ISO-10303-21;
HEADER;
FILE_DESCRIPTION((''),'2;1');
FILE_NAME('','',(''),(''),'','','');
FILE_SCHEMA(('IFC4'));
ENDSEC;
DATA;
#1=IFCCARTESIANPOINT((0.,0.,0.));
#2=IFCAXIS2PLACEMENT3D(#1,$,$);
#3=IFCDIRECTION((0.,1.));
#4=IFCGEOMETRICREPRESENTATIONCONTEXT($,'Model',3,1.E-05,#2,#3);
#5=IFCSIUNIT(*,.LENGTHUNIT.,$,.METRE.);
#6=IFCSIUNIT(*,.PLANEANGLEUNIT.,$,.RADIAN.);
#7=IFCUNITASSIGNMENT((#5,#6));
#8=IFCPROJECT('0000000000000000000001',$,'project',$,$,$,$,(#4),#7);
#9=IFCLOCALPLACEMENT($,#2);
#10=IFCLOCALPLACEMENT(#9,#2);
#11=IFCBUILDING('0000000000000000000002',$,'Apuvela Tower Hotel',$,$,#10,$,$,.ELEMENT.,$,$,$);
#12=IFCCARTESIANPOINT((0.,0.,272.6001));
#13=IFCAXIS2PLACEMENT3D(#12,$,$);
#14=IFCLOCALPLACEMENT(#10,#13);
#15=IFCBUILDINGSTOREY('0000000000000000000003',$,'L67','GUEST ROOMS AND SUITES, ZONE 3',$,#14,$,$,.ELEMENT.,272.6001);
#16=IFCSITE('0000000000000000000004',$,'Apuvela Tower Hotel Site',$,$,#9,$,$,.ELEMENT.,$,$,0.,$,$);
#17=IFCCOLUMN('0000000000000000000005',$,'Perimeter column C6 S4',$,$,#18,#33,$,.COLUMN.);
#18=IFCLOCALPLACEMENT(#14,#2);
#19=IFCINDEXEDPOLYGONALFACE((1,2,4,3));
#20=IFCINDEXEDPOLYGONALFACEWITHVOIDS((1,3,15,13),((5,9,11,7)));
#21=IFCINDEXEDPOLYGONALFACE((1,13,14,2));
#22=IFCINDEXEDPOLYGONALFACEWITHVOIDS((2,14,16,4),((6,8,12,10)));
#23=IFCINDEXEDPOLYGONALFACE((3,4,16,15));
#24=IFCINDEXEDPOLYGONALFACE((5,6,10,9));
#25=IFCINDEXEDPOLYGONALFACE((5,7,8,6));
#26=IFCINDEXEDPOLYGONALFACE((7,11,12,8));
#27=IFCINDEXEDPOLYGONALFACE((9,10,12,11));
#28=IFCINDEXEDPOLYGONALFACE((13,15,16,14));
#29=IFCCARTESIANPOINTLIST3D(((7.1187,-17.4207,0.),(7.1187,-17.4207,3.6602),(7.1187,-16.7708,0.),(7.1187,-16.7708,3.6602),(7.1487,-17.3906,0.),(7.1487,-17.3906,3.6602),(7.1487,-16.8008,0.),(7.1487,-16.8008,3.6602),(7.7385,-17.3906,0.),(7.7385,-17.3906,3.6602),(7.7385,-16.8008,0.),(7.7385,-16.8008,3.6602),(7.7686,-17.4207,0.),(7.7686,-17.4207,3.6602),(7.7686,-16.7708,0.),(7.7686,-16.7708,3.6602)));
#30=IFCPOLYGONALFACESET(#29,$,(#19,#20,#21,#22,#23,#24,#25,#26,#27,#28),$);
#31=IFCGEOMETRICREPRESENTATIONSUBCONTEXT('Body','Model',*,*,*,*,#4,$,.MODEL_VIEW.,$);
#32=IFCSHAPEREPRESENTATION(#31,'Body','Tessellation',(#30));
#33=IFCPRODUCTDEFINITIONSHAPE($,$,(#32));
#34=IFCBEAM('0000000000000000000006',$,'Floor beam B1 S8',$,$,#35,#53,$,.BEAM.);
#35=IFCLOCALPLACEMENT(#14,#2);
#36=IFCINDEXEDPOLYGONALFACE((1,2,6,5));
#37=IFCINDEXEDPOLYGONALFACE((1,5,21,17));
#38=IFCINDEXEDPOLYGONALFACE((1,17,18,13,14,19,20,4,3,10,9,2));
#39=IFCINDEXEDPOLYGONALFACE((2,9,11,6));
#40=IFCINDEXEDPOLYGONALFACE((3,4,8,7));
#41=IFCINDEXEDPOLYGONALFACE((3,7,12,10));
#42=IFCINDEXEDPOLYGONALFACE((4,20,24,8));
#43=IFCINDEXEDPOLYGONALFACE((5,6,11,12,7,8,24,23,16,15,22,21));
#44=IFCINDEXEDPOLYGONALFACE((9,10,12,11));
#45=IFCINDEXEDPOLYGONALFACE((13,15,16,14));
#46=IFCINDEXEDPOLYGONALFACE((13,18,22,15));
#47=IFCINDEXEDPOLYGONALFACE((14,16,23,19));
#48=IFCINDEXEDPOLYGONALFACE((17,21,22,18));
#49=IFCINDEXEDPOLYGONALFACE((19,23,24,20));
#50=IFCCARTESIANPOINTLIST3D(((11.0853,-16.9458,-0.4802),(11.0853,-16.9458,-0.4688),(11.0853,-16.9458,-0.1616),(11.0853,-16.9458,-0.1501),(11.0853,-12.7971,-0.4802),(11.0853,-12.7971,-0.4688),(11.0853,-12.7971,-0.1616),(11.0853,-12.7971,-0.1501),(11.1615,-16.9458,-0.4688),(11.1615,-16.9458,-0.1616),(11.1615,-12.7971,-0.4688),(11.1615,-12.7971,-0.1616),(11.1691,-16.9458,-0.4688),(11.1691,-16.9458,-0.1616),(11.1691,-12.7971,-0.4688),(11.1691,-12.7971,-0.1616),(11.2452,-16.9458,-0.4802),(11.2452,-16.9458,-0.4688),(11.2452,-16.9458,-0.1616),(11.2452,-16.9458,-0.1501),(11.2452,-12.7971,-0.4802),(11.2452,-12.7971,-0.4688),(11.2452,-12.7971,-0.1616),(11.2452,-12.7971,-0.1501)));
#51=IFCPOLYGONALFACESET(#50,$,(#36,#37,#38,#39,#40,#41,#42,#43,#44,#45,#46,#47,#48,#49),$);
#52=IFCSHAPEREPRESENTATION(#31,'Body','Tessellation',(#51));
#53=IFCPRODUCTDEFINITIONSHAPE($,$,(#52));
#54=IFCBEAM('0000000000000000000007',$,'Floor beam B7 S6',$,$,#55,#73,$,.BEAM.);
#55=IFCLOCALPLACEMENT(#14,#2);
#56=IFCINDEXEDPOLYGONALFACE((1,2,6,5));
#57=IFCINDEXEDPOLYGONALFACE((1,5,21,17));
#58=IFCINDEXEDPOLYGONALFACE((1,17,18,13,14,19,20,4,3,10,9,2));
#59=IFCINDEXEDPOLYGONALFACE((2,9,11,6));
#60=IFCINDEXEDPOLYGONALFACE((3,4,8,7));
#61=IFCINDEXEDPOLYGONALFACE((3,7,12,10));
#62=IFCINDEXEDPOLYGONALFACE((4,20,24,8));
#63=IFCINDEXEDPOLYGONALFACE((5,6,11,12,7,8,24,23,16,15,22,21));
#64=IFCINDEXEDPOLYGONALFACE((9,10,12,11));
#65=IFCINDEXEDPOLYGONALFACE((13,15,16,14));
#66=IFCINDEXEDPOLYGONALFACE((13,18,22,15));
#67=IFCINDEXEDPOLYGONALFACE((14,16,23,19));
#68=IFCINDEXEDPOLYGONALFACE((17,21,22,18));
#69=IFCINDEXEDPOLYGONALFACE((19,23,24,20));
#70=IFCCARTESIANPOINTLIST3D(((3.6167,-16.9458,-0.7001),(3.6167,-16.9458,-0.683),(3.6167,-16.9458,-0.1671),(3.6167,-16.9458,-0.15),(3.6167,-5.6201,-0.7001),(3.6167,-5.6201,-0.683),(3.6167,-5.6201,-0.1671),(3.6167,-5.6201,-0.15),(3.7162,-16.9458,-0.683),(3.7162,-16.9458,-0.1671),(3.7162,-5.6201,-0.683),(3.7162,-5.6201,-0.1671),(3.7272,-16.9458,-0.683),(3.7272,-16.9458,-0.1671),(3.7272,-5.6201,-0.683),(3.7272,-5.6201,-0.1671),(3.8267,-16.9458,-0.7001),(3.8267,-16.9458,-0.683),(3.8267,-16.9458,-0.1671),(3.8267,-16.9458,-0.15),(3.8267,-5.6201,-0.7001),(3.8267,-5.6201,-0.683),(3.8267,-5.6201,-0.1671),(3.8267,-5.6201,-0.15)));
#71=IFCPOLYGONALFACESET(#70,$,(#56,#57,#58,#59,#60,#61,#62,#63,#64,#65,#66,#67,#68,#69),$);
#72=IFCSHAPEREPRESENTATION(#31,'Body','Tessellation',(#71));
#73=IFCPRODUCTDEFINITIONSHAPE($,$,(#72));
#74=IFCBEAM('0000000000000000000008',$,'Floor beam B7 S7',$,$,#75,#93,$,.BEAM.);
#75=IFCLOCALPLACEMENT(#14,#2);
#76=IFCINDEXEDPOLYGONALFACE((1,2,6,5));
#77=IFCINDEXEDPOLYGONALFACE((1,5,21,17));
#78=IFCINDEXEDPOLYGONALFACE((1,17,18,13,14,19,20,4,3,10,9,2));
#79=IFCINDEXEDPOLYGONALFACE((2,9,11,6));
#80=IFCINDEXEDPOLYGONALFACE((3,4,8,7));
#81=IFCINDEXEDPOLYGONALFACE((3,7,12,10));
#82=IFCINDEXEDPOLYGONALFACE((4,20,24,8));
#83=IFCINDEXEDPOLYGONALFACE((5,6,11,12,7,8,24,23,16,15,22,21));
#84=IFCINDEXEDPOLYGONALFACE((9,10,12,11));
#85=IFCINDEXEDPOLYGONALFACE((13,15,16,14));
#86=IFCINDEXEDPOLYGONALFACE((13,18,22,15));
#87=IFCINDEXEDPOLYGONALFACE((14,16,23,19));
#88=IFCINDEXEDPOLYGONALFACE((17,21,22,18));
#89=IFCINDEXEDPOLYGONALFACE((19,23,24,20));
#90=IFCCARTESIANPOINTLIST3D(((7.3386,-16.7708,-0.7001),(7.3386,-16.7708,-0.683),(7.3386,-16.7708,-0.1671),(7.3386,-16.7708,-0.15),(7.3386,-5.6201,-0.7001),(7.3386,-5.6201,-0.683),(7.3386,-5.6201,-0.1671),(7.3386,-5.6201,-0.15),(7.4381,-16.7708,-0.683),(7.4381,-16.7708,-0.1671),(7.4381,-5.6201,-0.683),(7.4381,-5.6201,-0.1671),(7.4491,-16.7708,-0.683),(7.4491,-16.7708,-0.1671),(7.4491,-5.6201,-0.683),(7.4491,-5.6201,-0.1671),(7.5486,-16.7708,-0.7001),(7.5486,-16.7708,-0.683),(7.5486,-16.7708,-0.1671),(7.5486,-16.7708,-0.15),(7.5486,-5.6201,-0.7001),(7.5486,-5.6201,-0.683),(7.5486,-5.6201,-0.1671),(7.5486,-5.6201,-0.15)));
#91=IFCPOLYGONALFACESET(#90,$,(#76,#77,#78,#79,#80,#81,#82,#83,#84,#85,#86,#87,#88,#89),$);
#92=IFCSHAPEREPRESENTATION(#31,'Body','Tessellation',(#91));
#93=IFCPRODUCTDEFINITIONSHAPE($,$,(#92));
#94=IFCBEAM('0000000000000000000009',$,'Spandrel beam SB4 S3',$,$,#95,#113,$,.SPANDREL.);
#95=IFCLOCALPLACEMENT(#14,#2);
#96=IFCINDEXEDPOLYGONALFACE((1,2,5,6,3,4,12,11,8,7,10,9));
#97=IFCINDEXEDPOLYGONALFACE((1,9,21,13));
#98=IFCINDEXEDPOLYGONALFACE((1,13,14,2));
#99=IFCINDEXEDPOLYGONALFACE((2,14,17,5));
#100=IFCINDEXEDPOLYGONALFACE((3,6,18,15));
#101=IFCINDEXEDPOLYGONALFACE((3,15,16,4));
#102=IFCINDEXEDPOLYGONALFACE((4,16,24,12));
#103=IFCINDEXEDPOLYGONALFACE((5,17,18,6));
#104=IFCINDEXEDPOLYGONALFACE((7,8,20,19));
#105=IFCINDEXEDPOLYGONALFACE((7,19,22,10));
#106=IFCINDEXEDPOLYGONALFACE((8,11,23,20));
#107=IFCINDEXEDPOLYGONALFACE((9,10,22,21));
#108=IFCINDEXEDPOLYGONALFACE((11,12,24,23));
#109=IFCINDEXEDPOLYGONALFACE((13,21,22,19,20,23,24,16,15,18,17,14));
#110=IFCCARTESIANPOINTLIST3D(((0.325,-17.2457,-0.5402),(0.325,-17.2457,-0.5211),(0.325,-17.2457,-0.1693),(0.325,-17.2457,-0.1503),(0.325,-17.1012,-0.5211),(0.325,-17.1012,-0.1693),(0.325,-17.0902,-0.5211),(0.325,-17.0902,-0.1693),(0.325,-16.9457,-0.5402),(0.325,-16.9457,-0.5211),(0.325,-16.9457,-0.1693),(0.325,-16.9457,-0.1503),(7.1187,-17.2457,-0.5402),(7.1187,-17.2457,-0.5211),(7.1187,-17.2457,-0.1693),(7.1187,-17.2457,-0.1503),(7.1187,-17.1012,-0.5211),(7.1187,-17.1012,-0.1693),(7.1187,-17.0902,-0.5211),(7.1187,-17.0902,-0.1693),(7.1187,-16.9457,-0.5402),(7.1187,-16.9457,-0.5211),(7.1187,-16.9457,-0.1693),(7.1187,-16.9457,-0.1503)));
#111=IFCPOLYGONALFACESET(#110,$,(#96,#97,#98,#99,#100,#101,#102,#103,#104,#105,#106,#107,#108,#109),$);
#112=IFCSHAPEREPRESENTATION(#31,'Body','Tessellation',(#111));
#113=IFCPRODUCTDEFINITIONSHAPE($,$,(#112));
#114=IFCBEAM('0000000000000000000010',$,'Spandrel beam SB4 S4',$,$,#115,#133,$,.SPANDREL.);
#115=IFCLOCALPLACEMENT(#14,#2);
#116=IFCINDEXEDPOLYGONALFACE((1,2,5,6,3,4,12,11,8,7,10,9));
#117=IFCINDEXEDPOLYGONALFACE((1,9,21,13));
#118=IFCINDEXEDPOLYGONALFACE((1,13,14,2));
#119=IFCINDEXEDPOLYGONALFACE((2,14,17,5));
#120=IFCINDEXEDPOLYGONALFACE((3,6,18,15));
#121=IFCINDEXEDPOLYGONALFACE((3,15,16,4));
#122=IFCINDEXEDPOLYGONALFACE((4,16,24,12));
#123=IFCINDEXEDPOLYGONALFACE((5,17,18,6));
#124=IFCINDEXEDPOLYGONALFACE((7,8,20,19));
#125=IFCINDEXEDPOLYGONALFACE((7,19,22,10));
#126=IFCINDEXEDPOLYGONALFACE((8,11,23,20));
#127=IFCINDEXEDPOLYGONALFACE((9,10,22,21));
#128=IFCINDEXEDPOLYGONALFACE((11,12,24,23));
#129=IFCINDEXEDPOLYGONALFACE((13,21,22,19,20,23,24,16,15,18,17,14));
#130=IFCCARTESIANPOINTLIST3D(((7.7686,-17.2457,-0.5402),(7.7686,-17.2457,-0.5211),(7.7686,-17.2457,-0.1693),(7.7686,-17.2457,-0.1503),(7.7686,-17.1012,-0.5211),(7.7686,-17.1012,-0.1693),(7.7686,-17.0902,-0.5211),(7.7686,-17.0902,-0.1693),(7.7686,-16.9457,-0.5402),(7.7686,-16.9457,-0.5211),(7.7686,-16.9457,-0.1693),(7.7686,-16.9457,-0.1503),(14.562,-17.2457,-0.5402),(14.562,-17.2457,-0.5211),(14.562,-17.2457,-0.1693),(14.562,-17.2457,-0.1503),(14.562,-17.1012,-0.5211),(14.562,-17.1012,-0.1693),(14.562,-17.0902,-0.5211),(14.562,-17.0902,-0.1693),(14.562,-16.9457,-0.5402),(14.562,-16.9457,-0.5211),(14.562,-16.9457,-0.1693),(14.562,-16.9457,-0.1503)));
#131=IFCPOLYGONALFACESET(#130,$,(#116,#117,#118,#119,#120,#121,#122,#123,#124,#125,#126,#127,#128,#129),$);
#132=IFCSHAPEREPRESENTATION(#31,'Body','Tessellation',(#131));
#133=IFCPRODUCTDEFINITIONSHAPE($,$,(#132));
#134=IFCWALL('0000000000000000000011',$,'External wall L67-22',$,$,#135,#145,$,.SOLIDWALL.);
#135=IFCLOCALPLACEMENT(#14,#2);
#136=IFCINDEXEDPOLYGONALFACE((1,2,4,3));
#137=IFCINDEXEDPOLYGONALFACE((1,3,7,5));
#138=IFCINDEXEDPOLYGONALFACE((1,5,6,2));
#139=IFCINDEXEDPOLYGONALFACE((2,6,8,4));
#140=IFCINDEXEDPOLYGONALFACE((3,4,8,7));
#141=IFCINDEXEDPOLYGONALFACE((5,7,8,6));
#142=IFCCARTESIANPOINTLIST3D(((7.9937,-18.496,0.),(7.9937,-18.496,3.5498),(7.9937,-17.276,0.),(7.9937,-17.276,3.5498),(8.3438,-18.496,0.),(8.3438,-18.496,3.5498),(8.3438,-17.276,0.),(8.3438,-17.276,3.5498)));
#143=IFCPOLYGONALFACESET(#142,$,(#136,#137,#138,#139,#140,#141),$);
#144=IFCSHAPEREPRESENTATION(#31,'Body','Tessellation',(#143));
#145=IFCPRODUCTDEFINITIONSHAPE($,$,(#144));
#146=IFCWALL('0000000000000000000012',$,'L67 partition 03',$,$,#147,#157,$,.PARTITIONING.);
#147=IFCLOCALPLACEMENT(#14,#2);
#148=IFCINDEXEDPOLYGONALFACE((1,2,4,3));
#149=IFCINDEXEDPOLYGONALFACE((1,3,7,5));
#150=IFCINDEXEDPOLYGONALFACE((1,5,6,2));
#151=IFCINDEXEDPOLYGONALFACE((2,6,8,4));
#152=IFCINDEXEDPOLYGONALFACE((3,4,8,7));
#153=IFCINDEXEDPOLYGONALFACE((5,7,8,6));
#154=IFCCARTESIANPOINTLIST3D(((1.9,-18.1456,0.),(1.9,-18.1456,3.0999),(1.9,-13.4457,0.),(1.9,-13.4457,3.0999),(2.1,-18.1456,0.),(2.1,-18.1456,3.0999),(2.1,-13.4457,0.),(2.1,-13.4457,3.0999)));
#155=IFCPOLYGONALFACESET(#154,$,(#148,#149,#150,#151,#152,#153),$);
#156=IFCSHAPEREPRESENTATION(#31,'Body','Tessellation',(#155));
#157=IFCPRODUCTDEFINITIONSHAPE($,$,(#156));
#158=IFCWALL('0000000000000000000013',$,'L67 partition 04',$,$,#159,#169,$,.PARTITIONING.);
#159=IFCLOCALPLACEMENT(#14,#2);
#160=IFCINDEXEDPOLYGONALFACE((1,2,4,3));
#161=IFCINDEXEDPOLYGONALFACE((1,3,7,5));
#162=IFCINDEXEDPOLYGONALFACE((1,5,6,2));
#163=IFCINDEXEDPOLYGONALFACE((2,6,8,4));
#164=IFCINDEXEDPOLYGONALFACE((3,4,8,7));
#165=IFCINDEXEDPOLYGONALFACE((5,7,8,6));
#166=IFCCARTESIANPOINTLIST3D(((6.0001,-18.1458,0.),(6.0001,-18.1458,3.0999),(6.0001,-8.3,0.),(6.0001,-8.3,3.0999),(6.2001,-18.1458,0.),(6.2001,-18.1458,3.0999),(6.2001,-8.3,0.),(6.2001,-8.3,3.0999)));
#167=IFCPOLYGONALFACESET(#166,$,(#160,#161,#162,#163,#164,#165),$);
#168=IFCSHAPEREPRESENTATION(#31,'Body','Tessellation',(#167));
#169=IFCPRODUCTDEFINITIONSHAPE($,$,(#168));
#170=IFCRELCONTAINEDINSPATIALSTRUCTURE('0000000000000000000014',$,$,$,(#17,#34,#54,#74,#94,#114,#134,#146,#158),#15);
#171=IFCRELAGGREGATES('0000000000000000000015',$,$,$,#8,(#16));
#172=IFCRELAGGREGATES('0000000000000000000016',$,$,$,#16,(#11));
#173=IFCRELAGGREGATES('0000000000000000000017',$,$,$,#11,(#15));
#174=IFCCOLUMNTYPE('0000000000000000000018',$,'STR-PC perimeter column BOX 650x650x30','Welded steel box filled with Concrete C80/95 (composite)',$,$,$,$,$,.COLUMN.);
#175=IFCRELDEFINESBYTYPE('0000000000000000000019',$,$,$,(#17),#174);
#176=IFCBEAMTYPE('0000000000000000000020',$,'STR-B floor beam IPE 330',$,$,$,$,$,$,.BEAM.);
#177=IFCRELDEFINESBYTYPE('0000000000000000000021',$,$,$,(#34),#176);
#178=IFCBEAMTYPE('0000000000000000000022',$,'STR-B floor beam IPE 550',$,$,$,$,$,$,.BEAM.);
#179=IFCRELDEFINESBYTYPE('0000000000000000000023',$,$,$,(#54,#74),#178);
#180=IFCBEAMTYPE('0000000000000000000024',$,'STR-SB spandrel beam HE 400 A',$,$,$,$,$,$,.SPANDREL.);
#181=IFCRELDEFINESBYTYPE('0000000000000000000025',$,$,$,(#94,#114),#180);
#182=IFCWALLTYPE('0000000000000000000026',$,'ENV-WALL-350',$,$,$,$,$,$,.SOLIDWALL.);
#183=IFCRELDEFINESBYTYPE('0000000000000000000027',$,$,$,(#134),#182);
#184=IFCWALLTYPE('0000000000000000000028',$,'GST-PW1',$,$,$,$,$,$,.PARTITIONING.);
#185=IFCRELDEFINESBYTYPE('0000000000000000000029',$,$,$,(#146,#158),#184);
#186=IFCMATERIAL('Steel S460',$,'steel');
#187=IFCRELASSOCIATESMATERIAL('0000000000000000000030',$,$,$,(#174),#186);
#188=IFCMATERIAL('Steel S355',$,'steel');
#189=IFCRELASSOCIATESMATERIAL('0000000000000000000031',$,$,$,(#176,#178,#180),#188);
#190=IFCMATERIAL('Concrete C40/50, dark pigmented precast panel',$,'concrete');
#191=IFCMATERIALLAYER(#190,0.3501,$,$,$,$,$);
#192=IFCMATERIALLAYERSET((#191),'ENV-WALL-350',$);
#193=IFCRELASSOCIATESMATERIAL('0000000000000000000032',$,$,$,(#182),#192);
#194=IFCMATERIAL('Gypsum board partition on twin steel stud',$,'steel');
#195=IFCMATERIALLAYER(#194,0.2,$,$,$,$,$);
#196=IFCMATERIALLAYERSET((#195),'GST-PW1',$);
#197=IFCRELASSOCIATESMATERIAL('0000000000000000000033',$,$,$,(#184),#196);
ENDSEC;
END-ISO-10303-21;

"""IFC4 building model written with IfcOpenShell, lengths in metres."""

from ifc_helpers import new_model, si_unit, direction, frame, frame_2d, origin, origin_2d, place, context, subcontext, project, spatial, rectangle, hollow_rectangle, i_section, extrude, boolean, halfspace, material, layer, layer_set, material_profile, profile_set, type_object, element, save


model = new_model("IFC4")

# Units and contexts
model_context = context("Model", 3, precision=1e-05, world=origin(), true_north=direction((0.0, 1.0)))
body_context = subcontext(model_context, "Body", "Model", "MODEL_VIEW")
ifc_project = project(units=[si_unit("LENGTHUNIT", "METRE"), si_unit("PLANEANGLEUNIT", "RADIAN")], contexts=[model_context])

# Site, building, storey
site_placement = place(None, origin())
site = spatial("IfcSite", under=ifc_project, at=site_placement, Name="Apuvela Tower Hotel Site", CompositionType="ELEMENT", RefElevation=0.0)
building_placement = place(site_placement, origin())
building = spatial("IfcBuilding", under=site, at=building_placement, Name="Apuvela Tower Hotel", CompositionType="ELEMENT")
storey_placement = place(building_placement, frame((0.0, 0.0, 272.6001)))
storey = spatial("IfcBuildingStorey", under=building, at=storey_placement, Name="L67", Description="GUEST ROOMS AND SUITES, ZONE 3", CompositionType="ELEMENT", Elevation=272.6001)

# Column
ifc_material_1 = material(Name="Steel S460", Category="steel")
ifc_material_profile_1 = material_profile(ifc_material_1, hollow_rectangle(XDim=0.6499, YDim=0.6499, WallThickness=0.03, at=origin_2d()), Name="BOX 650x650x30")
ifc_material_2 = material(Name="Concrete C80/95", Category="concrete")
ifc_material_profile_2 = material_profile(ifc_material_2, rectangle(XDim=0.5901, YDim=0.5901, at=origin_2d()), Name="Concrete C80/95 infill")
ifc_profile_set_1 = profile_set([ifc_material_profile_1, ifc_material_profile_2], Name="Steel S460")
column_type = type_object("IfcColumnType", Name="STR-PC perimeter column BOX 650x650x30", Description="Welded steel box filled with Concrete C80/95 (composite)", PredefinedType="COLUMN", material=ifc_profile_set_1)
column_placement = place(storey_placement, frame((7.4436, -17.0957, 0.0), z_axis=(0.0, 0.0, 1.0), x_axis=(-1.0, 0.0, 0.0)))
element("IfcColumn", 1, at=column_placement, inside=storey, type_object=column_type, Name="Perimeter column C6 S4", PredefinedType="COLUMN", context=body_context, shape_type="SweptSolid", body=[
    boolean("DIFFERENCE", extrude(hollow_rectangle(XDim=0.6499, YDim=0.6499, WallThickness=0.03, at=origin_2d()), origin(), (0.0, 0.0, 1.0), 3.7), halfspace(frame((0.0, 0.0, 3.6602), z_axis=(0.0, 0.0, 1.0), x_axis=(1.0, 0.0, 0.0)), False)),
])

# Beams
ifc_material_3 = material(Name="Steel S355", Category="steel")
ifc_material_profile_3 = material_profile(ifc_material_3, i_section(OverallWidth=0.1599, OverallDepth=0.3301, WebThickness=0.0076, FlangeThickness=0.0115, at=origin_2d()), Name="IPE 330")
ifc_profile_set_2 = profile_set([ifc_material_profile_3], Name="Steel S355")
beam_type_1 = type_object("IfcBeamType", Name="STR-B floor beam IPE 330", PredefinedType="BEAM", material=ifc_profile_set_2)
beam_1_placement = place(storey_placement, frame((11.1653, -16.9458, -0.3152), z_axis=(0.0, 1.0, 0.0), x_axis=(-1.0, 0.0, 0.0)))
element("IfcBeam", 2, at=beam_1_placement, inside=storey, type_object=beam_type_1, Name="Floor beam B1 S8", PredefinedType="BEAM", context=body_context, shape_type="SweptSolid", body=[
    extrude(i_section(OverallWidth=0.1599, OverallDepth=0.3301, WebThickness=0.0076, FlangeThickness=0.0115, at=origin_2d()), origin(), (0.0, 0.0, 1.0), 4.1487),
])
ifc_material_profile_4 = material_profile(ifc_material_3, i_section(OverallWidth=0.21, OverallDepth=0.55, WebThickness=0.011, FlangeThickness=0.0171, at=origin_2d()), Name="IPE 550")
ifc_profile_set_3 = profile_set([ifc_material_profile_4], Name="Steel S355")
beam_type_2 = type_object("IfcBeamType", Name="STR-B floor beam IPE 550", PredefinedType="BEAM", material=ifc_profile_set_3)
beam_2_placement = place(storey_placement, frame((3.7217, -16.9458, -0.425), z_axis=(0.0, 1.0, 0.0), x_axis=(-1.0, 0.0, 0.0)))
element("IfcBeam", 3, at=beam_2_placement, inside=storey, type_object=beam_type_2, Name="Floor beam B7 S6", PredefinedType="BEAM", context=body_context, shape_type="SweptSolid", body=[
    extrude(i_section(OverallWidth=0.21, OverallDepth=0.55, WebThickness=0.011, FlangeThickness=0.0171, at=origin_2d()), origin(), (0.0, 0.0, 1.0), 11.3257),
])
beam_3_placement = place(storey_placement, frame((7.4436, -16.7708, -0.425), z_axis=(0.0, 1.0, 0.0), x_axis=(-1.0, 0.0, 0.0)))
element("IfcBeam", 4, at=beam_3_placement, inside=storey, type_object=beam_type_2, Name="Floor beam B7 S7", PredefinedType="BEAM", context=body_context, shape_type="SweptSolid", body=[
    extrude(i_section(OverallWidth=0.21, OverallDepth=0.55, WebThickness=0.011, FlangeThickness=0.0171, at=origin_2d()), origin(), (0.0, 0.0, 1.0), 11.1506),
])
ifc_material_profile_5 = material_profile(ifc_material_3, i_section(OverallWidth=0.3, OverallDepth=0.3899, WebThickness=0.011, FlangeThickness=0.019, at=origin_2d()), Name="HE 400 A")
ifc_profile_set_4 = profile_set([ifc_material_profile_5], Name="Steel S355")
beam_type_3 = type_object("IfcBeamType", Name="STR-SB spandrel beam HE 400 A", PredefinedType="SPANDREL", material=ifc_profile_set_4)
beam_4_placement = place(storey_placement, frame((0.325, -17.0957, -0.3452), z_axis=(1.0, 0.0, 0.0), x_axis=(0.0, 1.0, 0.0)))
element("IfcBeam", 5, at=beam_4_placement, inside=storey, type_object=beam_type_3, Name="Spandrel beam SB4 S3", PredefinedType="SPANDREL", context=body_context, shape_type="SweptSolid", body=[
    extrude(i_section(OverallWidth=0.3, OverallDepth=0.3899, WebThickness=0.011, FlangeThickness=0.019, at=origin_2d()), origin(), (0.0, 0.0, 1.0), 6.7937),
])
beam_5_placement = place(storey_placement, frame((7.7686, -17.0957, -0.3452), z_axis=(1.0, 0.0, 0.0), x_axis=(0.0, 1.0, 0.0)))
element("IfcBeam", 6, at=beam_5_placement, inside=storey, type_object=beam_type_3, Name="Spandrel beam SB4 S4", PredefinedType="SPANDREL", context=body_context, shape_type="SweptSolid", body=[
    extrude(i_section(OverallWidth=0.3, OverallDepth=0.3899, WebThickness=0.011, FlangeThickness=0.019, at=origin_2d()), origin(), (0.0, 0.0, 1.0), 6.7935),
])

# Wall
ifc_material_4 = material(Name="Concrete C40/50, dark pigmented precast panel", Category="concrete")
ifc_layer_1 = layer(ifc_material_4, 0.3501)
ifc_layer_set_1 = layer_set([ifc_layer_1], Name="ENV-WALL-350")
wall_type_1 = type_object("IfcWallType", Name="ENV-WALL-350", PredefinedType="SOLIDWALL", material=ifc_layer_set_1)
wall_1_placement = place(storey_placement, frame((8.1687, -18.4958, 0.0), z_axis=(0.0, 0.0, 1.0), x_axis=(0.0, 1.0, 0.0)))
element("IfcWall", 7, at=wall_1_placement, inside=storey, type_object=wall_type_1, Name="External wall L67-22", PredefinedType="SOLIDWALL", context=body_context, shape_type="SweptSolid", body=[
    extrude(rectangle(XDim=1.22, YDim=0.3501, at=frame_2d((0.6099, 0.0))), origin(), (0.0, 0.0, 1.0), 3.5498),
])

# Walls
ifc_material_5 = material(Name="Gypsum board partition on twin steel stud", Category="steel")
ifc_layer_2 = layer(ifc_material_5, 0.2)
ifc_layer_set_2 = layer_set([ifc_layer_2], Name="GST-PW1")
wall_type_2 = type_object("IfcWallType", Name="GST-PW1", PredefinedType="PARTITIONING", material=ifc_layer_set_2)
wall_2_placement = place(storey_placement, frame((2.0, -18.1458, 0.0), z_axis=(0.0, 0.0, 1.0), x_axis=(0.0, 1.0, 0.0)))
element("IfcWall", 8, at=wall_2_placement, inside=storey, type_object=wall_type_2, Name="L67 partition 03", PredefinedType="PARTITIONING", context=body_context, shape_type="SweptSolid", body=[
    extrude(rectangle(XDim=4.7, YDim=0.2, at=frame_2d((2.3501, 0.0))), origin(), (0.0, 0.0, 1.0), 3.0999),
])
wall_3_placement = place(storey_placement, frame((6.1001, -18.1458, 0.0), z_axis=(0.0, 0.0, 1.0), x_axis=(0.0, 1.0, 0.0)))
element("IfcWall", 9, at=wall_3_placement, inside=storey, type_object=wall_type_2, Name="L67 partition 04", PredefinedType="PARTITIONING", context=body_context, shape_type="SweptSolid", body=[
    extrude(rectangle(XDim=9.8457, YDim=0.2, at=frame_2d((4.9229, 0.0))), origin(), (0.0, 0.0, 1.0), 3.0999),
])

save(model, "model.ifc")
